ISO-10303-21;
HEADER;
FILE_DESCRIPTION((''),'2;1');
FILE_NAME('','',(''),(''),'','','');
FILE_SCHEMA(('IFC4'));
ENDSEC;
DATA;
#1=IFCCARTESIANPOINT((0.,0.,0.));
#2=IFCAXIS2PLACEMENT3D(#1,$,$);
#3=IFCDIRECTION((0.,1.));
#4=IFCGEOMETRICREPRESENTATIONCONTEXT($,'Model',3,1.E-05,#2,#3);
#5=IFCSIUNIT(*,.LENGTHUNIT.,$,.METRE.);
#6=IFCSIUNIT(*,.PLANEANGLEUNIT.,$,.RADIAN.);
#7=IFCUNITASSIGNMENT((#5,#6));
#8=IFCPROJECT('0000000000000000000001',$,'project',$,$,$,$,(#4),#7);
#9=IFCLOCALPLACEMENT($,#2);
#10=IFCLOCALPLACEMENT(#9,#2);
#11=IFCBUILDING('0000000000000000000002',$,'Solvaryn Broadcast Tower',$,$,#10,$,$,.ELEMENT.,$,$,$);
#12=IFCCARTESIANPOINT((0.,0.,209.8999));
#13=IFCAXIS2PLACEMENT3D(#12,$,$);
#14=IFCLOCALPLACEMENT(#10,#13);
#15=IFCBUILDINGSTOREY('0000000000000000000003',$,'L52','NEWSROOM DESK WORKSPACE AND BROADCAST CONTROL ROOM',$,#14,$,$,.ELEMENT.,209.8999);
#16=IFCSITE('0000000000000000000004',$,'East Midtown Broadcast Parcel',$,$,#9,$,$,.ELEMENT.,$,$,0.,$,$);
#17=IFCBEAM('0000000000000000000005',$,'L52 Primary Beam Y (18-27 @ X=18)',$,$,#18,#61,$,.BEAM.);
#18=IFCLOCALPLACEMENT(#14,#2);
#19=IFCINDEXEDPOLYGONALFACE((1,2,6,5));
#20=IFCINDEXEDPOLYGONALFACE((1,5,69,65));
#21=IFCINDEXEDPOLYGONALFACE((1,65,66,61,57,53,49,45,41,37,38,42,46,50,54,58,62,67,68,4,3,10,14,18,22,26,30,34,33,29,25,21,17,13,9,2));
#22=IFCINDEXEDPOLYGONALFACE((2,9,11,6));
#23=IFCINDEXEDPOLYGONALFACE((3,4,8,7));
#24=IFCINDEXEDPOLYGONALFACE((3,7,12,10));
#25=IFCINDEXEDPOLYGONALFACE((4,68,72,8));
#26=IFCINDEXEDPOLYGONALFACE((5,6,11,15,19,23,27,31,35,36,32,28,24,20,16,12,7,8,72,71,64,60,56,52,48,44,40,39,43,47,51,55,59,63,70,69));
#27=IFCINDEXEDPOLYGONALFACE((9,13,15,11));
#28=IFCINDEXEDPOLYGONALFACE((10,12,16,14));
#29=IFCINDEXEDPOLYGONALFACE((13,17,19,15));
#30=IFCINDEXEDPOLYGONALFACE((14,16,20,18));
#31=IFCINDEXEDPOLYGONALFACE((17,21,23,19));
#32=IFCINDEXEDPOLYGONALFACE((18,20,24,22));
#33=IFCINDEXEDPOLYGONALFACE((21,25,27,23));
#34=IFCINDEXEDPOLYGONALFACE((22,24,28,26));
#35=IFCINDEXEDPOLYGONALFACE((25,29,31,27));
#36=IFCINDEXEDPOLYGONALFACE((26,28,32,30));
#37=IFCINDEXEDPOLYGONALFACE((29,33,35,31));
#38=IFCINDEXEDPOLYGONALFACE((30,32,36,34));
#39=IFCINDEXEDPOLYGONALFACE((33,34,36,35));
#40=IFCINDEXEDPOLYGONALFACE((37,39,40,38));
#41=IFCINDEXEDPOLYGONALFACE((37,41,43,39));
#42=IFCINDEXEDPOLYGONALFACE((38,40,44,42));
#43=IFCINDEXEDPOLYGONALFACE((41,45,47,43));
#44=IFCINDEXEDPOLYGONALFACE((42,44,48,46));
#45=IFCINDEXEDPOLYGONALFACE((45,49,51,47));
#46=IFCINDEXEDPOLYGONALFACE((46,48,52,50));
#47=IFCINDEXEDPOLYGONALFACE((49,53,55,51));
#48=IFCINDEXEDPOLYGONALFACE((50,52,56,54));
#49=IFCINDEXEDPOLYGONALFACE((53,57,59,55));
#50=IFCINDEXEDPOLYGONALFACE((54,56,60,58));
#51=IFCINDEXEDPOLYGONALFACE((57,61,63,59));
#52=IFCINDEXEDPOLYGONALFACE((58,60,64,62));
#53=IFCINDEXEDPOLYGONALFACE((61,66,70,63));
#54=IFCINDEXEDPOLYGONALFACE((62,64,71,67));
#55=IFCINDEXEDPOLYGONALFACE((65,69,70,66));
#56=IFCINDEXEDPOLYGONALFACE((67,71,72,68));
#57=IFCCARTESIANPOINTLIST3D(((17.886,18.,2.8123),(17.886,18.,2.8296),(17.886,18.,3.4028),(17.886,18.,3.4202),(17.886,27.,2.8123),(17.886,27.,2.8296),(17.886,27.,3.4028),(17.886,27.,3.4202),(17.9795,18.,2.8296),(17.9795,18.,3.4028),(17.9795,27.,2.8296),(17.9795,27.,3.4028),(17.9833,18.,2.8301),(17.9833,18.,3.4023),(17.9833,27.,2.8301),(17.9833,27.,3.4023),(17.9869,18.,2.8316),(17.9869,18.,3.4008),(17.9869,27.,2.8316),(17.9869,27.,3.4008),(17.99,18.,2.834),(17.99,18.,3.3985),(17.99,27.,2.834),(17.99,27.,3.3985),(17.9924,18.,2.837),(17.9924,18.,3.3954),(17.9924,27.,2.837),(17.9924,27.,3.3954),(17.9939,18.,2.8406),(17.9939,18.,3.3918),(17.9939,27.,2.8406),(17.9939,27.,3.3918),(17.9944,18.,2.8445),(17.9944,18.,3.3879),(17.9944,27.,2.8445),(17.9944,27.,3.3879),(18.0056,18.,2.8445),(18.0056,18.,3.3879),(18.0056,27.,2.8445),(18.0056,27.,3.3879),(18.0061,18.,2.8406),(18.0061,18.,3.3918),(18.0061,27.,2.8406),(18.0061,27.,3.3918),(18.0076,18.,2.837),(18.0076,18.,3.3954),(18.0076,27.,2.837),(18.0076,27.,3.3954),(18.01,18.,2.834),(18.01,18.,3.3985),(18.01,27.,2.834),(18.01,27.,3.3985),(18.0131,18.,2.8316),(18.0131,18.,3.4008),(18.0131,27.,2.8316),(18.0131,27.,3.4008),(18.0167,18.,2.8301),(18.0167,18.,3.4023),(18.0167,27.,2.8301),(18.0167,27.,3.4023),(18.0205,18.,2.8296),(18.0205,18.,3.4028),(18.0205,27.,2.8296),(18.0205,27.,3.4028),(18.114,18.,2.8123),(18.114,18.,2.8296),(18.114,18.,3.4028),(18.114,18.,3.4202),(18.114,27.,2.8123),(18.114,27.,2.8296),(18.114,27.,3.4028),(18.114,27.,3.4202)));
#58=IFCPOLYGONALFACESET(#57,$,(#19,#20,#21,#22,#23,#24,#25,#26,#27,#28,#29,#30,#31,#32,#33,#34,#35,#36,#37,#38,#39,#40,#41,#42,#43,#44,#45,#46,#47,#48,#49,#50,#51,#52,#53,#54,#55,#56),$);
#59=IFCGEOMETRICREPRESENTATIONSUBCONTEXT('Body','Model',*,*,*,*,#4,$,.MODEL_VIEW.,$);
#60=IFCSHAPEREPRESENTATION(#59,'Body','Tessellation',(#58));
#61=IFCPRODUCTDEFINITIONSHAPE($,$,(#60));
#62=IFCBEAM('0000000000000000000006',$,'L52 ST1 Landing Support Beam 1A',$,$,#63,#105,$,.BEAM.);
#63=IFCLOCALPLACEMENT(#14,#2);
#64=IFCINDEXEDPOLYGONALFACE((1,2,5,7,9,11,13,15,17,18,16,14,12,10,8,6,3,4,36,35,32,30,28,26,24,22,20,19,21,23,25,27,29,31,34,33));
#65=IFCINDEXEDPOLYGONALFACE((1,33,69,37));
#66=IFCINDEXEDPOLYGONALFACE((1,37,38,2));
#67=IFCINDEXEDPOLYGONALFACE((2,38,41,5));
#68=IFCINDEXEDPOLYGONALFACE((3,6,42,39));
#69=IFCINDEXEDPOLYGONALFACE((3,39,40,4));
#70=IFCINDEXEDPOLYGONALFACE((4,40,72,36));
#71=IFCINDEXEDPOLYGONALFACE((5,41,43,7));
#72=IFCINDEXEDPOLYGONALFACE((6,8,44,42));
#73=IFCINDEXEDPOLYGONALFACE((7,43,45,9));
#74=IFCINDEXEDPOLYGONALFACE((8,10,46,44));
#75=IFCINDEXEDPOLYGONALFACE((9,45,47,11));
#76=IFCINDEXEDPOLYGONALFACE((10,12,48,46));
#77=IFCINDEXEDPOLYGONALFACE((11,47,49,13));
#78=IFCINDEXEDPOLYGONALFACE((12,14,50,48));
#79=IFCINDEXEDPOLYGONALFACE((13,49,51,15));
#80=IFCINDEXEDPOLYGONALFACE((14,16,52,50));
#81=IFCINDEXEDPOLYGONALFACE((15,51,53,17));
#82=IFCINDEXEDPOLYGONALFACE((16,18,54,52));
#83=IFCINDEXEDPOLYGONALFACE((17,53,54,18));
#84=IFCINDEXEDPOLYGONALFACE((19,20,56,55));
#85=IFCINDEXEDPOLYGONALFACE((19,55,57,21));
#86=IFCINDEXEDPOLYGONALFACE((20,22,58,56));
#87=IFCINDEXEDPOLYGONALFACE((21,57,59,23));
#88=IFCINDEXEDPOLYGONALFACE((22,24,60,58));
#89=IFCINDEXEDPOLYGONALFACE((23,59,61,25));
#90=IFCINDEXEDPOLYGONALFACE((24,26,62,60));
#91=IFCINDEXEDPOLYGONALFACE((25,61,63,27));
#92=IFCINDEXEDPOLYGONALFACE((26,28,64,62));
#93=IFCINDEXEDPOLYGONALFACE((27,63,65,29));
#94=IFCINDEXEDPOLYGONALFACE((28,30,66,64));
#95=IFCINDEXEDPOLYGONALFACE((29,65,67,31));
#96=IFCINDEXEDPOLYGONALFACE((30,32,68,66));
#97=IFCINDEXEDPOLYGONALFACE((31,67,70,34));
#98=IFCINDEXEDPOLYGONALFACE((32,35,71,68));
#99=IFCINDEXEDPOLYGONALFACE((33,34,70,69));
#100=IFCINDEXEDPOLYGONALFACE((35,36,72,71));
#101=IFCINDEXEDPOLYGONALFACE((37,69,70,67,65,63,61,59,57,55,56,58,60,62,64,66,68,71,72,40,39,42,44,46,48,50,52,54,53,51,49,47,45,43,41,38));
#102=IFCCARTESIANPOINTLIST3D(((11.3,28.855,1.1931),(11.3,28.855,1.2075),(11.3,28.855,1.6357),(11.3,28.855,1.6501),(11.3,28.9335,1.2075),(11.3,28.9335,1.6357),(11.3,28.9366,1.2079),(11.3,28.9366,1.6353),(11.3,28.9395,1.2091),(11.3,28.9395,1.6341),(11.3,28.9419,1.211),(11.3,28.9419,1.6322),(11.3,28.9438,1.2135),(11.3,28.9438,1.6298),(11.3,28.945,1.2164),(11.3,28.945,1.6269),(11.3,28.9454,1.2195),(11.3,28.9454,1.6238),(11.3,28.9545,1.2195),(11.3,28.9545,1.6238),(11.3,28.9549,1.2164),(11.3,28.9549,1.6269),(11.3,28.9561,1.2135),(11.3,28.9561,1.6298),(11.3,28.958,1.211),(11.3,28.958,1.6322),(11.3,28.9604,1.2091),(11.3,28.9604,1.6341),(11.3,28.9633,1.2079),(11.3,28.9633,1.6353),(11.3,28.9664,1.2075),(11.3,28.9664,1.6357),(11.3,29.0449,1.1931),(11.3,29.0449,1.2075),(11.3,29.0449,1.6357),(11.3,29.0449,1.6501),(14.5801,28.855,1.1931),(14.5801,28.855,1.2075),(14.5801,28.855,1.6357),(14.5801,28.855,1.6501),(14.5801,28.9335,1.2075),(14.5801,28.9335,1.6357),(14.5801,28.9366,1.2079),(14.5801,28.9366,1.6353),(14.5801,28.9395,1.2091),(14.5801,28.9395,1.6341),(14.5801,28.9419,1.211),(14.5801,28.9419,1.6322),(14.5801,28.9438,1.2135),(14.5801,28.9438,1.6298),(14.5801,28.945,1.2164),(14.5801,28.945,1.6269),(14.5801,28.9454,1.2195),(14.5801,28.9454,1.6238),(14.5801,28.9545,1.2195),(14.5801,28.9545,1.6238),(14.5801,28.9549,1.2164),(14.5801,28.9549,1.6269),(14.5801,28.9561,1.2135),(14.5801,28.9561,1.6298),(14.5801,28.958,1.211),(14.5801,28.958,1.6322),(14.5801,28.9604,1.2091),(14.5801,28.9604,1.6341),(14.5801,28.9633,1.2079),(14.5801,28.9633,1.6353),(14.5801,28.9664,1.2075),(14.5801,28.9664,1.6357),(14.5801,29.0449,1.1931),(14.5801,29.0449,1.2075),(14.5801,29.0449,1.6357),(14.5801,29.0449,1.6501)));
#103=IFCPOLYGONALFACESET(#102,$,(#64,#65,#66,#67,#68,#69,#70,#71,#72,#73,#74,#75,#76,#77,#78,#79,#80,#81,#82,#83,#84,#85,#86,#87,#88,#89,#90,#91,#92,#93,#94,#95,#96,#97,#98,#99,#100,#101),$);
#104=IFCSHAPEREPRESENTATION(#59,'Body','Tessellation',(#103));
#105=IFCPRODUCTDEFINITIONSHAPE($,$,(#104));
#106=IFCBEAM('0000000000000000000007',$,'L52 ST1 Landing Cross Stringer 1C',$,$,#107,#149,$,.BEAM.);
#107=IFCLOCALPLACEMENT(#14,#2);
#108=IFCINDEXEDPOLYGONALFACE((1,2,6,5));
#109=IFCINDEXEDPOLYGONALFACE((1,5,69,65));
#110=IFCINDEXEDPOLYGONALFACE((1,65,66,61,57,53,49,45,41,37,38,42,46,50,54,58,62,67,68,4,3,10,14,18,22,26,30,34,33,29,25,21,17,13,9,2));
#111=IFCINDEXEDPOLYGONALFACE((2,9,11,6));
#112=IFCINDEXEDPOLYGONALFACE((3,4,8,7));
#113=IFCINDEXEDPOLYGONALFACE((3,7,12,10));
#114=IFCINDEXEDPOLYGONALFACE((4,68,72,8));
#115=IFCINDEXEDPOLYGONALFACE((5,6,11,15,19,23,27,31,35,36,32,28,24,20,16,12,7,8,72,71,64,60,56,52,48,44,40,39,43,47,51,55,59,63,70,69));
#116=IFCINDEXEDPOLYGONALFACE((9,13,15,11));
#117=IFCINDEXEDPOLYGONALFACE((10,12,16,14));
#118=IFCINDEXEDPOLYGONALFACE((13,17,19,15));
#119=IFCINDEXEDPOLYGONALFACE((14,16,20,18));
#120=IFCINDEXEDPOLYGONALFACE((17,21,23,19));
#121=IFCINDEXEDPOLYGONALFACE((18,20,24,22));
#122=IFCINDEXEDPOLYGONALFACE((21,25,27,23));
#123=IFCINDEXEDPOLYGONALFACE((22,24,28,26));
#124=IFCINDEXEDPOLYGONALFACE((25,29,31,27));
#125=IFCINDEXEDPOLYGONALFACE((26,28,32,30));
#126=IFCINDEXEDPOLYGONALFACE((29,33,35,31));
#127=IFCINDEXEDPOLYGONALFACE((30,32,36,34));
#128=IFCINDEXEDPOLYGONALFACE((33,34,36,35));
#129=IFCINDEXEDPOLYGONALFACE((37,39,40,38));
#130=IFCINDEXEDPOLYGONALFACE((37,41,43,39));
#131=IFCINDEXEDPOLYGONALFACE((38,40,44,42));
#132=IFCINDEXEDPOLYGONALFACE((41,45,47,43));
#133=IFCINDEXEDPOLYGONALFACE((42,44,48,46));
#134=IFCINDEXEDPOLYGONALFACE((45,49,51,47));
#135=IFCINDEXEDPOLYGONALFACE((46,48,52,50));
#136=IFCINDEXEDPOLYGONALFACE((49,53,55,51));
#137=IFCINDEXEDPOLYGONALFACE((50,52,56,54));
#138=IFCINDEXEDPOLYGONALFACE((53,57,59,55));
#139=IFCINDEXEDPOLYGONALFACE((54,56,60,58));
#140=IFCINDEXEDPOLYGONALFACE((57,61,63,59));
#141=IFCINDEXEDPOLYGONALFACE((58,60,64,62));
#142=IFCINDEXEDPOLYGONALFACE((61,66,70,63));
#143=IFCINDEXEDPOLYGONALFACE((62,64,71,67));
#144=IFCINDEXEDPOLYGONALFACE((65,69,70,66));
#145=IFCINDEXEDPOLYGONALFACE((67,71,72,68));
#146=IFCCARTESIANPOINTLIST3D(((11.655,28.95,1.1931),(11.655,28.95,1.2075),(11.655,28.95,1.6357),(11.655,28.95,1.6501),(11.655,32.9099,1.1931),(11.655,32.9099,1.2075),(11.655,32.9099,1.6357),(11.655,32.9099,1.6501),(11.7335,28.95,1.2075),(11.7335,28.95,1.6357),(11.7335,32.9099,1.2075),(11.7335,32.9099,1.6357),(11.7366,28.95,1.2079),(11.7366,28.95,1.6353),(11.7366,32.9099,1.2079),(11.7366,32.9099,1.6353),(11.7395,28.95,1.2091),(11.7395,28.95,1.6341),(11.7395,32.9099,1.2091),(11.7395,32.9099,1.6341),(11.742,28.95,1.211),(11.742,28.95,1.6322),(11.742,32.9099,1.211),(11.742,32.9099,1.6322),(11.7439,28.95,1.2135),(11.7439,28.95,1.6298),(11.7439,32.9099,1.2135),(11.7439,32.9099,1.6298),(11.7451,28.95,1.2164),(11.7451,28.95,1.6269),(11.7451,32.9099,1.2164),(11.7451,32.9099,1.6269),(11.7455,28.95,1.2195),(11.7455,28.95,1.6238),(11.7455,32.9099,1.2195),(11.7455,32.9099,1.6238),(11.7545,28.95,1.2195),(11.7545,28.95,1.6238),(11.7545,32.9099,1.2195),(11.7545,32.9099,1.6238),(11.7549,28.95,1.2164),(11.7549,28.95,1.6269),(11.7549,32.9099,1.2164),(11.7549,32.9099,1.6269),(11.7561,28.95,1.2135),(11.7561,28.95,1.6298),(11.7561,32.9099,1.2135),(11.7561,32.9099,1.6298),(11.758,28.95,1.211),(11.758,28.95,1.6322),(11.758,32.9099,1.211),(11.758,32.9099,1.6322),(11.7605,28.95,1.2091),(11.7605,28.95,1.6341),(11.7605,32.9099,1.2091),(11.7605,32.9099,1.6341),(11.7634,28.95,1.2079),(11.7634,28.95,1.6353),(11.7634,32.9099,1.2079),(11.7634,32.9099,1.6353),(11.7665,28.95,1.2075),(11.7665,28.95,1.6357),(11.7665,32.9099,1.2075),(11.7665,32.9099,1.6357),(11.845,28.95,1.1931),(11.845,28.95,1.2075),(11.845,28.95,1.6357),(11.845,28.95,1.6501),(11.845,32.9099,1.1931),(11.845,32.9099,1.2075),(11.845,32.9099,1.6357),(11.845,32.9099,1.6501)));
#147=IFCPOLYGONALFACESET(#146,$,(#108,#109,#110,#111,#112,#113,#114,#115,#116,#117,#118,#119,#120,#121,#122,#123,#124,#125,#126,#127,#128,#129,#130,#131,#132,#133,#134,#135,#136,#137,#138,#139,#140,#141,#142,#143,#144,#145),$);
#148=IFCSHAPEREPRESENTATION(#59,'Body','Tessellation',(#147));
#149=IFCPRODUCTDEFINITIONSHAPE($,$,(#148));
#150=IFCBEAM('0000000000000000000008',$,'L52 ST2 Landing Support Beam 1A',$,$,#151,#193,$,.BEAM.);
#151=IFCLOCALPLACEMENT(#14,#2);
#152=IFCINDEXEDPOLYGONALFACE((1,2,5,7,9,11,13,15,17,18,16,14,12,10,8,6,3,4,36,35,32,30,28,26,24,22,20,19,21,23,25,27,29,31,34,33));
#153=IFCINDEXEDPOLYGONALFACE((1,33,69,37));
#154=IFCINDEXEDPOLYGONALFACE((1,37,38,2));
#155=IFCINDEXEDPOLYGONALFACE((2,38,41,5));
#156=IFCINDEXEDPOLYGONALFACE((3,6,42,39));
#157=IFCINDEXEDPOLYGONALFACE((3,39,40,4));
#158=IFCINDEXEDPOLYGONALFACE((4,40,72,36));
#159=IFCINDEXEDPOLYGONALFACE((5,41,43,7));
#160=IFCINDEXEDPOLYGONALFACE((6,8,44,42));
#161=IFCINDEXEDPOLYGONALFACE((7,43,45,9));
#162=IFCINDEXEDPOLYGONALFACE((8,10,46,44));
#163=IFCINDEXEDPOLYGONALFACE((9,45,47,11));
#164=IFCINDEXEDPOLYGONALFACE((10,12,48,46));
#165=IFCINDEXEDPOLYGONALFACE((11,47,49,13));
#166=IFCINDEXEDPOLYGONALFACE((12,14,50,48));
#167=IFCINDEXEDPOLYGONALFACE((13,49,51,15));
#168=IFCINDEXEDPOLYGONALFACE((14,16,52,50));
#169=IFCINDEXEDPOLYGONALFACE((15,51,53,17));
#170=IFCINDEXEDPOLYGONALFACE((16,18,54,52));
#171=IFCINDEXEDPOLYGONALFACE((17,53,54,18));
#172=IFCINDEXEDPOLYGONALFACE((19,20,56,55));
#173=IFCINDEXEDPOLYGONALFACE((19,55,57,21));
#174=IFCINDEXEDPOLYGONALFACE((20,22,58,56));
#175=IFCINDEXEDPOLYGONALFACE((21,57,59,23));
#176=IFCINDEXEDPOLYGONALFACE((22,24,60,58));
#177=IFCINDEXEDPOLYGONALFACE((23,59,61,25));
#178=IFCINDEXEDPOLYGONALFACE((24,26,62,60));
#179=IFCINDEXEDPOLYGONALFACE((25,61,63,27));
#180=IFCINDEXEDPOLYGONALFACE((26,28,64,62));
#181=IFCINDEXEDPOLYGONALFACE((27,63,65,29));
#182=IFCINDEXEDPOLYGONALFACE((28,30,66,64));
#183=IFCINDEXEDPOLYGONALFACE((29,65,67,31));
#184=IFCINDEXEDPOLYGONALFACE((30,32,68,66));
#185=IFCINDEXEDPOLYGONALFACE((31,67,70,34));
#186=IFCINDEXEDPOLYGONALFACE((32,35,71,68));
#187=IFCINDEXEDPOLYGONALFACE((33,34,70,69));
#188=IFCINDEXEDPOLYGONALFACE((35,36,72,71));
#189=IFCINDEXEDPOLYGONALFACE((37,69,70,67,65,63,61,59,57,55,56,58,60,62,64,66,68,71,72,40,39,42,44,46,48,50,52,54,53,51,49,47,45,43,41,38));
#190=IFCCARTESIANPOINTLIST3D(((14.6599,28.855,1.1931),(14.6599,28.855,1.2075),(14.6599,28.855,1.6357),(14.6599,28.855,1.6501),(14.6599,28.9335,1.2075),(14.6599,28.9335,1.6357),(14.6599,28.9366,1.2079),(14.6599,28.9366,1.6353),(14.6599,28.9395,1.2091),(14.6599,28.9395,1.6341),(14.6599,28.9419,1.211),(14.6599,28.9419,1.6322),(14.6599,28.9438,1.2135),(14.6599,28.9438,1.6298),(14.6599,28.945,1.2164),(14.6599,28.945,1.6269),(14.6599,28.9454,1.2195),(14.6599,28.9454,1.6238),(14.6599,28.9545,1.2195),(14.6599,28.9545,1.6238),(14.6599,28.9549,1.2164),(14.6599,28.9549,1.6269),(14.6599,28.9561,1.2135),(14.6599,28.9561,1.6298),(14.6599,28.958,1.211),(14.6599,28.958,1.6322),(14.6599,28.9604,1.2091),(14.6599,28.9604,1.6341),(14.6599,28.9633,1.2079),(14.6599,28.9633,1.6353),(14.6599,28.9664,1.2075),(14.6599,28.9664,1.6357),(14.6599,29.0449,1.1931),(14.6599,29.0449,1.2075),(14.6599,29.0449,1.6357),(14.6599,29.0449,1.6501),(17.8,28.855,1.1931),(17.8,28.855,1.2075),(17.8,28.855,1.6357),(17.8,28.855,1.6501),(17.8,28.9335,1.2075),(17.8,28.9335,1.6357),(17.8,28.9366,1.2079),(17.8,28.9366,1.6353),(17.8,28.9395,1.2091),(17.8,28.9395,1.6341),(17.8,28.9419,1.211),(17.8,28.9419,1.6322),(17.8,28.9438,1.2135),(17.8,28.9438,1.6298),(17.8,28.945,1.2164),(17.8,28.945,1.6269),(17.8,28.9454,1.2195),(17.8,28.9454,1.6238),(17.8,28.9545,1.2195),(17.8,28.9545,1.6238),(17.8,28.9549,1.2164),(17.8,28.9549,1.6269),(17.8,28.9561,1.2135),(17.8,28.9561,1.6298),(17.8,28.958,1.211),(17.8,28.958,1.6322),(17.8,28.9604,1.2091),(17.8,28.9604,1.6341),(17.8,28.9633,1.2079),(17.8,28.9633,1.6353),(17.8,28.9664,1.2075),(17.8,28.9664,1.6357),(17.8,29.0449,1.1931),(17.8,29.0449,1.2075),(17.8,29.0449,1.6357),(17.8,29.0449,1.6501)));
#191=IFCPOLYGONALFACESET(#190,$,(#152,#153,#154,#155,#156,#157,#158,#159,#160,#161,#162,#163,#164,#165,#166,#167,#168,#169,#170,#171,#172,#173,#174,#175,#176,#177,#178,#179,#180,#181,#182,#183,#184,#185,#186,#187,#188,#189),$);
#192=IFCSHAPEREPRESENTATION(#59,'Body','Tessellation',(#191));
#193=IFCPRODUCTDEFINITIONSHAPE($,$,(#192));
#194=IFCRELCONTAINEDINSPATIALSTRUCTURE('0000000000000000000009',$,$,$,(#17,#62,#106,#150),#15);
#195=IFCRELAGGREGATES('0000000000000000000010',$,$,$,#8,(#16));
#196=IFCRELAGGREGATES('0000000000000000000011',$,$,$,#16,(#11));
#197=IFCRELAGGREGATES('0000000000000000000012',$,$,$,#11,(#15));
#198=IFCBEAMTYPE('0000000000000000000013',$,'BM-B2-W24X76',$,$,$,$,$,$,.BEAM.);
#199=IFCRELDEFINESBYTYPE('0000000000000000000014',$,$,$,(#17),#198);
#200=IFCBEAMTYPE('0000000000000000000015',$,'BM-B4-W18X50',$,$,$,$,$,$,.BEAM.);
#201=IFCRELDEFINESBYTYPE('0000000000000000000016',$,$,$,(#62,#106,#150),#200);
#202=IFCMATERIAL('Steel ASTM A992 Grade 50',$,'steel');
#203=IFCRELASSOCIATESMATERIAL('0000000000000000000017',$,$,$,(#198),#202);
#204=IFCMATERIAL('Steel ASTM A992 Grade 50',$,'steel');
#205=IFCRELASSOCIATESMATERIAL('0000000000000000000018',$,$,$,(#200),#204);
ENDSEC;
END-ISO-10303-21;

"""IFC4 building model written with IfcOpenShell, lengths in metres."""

from ifc_helpers import new_model, si_unit, direction, frame, origin, origin_2d, place, context, subcontext, project, spatial, i_section, extrude, material, material_profile, profile_set, type_object, element, save


model = new_model("IFC4")

# Units and contexts
model_context = context("Model", 3, precision=1e-05, world=origin(), true_north=direction((0.0, 1.0)))
body_context = subcontext(model_context, "Body", "Model", "MODEL_VIEW")
ifc_project = project(units=[si_unit("LENGTHUNIT", "METRE"), si_unit("PLANEANGLEUNIT", "RADIAN")], contexts=[model_context])

# Site, building, storey
site_placement = place(None, origin())
site = spatial("IfcSite", under=ifc_project, at=site_placement, Name="East Midtown Broadcast Parcel", CompositionType="ELEMENT", RefElevation=0.0)
building_placement = place(site_placement, origin())
building = spatial("IfcBuilding", under=site, at=building_placement, Name="Solvaryn Broadcast Tower", CompositionType="ELEMENT")
storey_placement = place(building_placement, frame((0.0, 0.0, 209.8999)))
storey = spatial("IfcBuildingStorey", under=building, at=storey_placement, Name="L52", Description="NEWSROOM DESK WORKSPACE AND BROADCAST CONTROL ROOM", CompositionType="ELEMENT", Elevation=209.8999)

# Beams
ifc_material_1 = material(Name="Steel ASTM A992 Grade 50", Category="steel")
ifc_material_profile_1 = material_profile(ifc_material_1, i_section(OverallWidth=0.228, OverallDepth=0.6079, WebThickness=0.0112, FlangeThickness=0.0173, FilletRadius=0.0149, at=origin_2d()))
ifc_profile_set_1 = profile_set([ifc_material_profile_1], Name="Steel ASTM A992 Grade 50")
beam_type_1 = type_object("IfcBeamType", Name="BM-B2-W24X76", PredefinedType="BEAM", material=ifc_profile_set_1)
beam_1_placement = place(storey_placement, frame((18.0, 18.0, 3.1162), z_axis=(0.0, 1.0, 0.0), x_axis=(-1.0, 0.0, 0.0)))
element("IfcBeam", 1, at=beam_1_placement, inside=storey, type_object=beam_type_1, Name="L52 Primary Beam Y (18-27 @ X=18)", PredefinedType="BEAM", context=body_context, shape_type="SweptSolid", body=[
    extrude(i_section(OverallWidth=0.228, OverallDepth=0.6079, WebThickness=0.0112, FlangeThickness=0.0173, FilletRadius=0.0149, at=origin_2d()), origin(), (0.0, 0.0, 1.0), 9.0),
])
ifc_material_2 = material(Name="Steel ASTM A992 Grade 50", Category="steel")
ifc_material_profile_2 = material_profile(ifc_material_2, i_section(OverallWidth=0.1899, OverallDepth=0.457, WebThickness=0.009, FlangeThickness=0.0144, FilletRadius=0.012, at=origin_2d()))
ifc_profile_set_2 = profile_set([ifc_material_profile_2], Name="Steel ASTM A992 Grade 50")
beam_type_2 = type_object("IfcBeamType", Name="BM-B4-W18X50", PredefinedType="BEAM", material=ifc_profile_set_2)
beam_2_placement = place(storey_placement, frame((11.3, 28.95, 1.4216), z_axis=(1.0, 0.0, 0.0), x_axis=(0.0, 1.0, 0.0)))
element("IfcBeam", 2, at=beam_2_placement, inside=storey, type_object=beam_type_2, Name="L52 ST1 Landing Support Beam 1A", PredefinedType="BEAM", context=body_context, shape_type="SweptSolid", body=[
    extrude(i_section(OverallWidth=0.1899, OverallDepth=0.457, WebThickness=0.009, FlangeThickness=0.0144, FilletRadius=0.012, at=origin_2d()), origin(), (0.0, 0.0, 1.0), 3.28),
])
beam_3_placement = place(storey_placement, frame((11.75, 28.95, 1.4216), z_axis=(0.0, 1.0, 0.0), x_axis=(-1.0, 0.0, 0.0)))
element("IfcBeam", 3, at=beam_3_placement, inside=storey, type_object=beam_type_2, Name="L52 ST1 Landing Cross Stringer 1C", PredefinedType="BEAM", context=body_context, shape_type="SweptSolid", body=[
    extrude(i_section(OverallWidth=0.1899, OverallDepth=0.457, WebThickness=0.009, FlangeThickness=0.0144, FilletRadius=0.012, at=origin_2d()), origin(), (0.0, 0.0, 1.0), 3.96),
])
beam_4_placement = place(storey_placement, frame((14.6599, 28.95, 1.4216), z_axis=(1.0, 0.0, 0.0), x_axis=(0.0, 1.0, 0.0)))
element("IfcBeam", 4, at=beam_4_placement, inside=storey, type_object=beam_type_2, Name="L52 ST2 Landing Support Beam 1A", PredefinedType="BEAM", context=body_context, shape_type="SweptSolid", body=[
    extrude(i_section(OverallWidth=0.1899, OverallDepth=0.457, WebThickness=0.009, FlangeThickness=0.0144, FilletRadius=0.012, at=origin_2d()), origin(), (0.0, 0.0, 1.0), 3.1401),
])

save(model, "model.ifc")
